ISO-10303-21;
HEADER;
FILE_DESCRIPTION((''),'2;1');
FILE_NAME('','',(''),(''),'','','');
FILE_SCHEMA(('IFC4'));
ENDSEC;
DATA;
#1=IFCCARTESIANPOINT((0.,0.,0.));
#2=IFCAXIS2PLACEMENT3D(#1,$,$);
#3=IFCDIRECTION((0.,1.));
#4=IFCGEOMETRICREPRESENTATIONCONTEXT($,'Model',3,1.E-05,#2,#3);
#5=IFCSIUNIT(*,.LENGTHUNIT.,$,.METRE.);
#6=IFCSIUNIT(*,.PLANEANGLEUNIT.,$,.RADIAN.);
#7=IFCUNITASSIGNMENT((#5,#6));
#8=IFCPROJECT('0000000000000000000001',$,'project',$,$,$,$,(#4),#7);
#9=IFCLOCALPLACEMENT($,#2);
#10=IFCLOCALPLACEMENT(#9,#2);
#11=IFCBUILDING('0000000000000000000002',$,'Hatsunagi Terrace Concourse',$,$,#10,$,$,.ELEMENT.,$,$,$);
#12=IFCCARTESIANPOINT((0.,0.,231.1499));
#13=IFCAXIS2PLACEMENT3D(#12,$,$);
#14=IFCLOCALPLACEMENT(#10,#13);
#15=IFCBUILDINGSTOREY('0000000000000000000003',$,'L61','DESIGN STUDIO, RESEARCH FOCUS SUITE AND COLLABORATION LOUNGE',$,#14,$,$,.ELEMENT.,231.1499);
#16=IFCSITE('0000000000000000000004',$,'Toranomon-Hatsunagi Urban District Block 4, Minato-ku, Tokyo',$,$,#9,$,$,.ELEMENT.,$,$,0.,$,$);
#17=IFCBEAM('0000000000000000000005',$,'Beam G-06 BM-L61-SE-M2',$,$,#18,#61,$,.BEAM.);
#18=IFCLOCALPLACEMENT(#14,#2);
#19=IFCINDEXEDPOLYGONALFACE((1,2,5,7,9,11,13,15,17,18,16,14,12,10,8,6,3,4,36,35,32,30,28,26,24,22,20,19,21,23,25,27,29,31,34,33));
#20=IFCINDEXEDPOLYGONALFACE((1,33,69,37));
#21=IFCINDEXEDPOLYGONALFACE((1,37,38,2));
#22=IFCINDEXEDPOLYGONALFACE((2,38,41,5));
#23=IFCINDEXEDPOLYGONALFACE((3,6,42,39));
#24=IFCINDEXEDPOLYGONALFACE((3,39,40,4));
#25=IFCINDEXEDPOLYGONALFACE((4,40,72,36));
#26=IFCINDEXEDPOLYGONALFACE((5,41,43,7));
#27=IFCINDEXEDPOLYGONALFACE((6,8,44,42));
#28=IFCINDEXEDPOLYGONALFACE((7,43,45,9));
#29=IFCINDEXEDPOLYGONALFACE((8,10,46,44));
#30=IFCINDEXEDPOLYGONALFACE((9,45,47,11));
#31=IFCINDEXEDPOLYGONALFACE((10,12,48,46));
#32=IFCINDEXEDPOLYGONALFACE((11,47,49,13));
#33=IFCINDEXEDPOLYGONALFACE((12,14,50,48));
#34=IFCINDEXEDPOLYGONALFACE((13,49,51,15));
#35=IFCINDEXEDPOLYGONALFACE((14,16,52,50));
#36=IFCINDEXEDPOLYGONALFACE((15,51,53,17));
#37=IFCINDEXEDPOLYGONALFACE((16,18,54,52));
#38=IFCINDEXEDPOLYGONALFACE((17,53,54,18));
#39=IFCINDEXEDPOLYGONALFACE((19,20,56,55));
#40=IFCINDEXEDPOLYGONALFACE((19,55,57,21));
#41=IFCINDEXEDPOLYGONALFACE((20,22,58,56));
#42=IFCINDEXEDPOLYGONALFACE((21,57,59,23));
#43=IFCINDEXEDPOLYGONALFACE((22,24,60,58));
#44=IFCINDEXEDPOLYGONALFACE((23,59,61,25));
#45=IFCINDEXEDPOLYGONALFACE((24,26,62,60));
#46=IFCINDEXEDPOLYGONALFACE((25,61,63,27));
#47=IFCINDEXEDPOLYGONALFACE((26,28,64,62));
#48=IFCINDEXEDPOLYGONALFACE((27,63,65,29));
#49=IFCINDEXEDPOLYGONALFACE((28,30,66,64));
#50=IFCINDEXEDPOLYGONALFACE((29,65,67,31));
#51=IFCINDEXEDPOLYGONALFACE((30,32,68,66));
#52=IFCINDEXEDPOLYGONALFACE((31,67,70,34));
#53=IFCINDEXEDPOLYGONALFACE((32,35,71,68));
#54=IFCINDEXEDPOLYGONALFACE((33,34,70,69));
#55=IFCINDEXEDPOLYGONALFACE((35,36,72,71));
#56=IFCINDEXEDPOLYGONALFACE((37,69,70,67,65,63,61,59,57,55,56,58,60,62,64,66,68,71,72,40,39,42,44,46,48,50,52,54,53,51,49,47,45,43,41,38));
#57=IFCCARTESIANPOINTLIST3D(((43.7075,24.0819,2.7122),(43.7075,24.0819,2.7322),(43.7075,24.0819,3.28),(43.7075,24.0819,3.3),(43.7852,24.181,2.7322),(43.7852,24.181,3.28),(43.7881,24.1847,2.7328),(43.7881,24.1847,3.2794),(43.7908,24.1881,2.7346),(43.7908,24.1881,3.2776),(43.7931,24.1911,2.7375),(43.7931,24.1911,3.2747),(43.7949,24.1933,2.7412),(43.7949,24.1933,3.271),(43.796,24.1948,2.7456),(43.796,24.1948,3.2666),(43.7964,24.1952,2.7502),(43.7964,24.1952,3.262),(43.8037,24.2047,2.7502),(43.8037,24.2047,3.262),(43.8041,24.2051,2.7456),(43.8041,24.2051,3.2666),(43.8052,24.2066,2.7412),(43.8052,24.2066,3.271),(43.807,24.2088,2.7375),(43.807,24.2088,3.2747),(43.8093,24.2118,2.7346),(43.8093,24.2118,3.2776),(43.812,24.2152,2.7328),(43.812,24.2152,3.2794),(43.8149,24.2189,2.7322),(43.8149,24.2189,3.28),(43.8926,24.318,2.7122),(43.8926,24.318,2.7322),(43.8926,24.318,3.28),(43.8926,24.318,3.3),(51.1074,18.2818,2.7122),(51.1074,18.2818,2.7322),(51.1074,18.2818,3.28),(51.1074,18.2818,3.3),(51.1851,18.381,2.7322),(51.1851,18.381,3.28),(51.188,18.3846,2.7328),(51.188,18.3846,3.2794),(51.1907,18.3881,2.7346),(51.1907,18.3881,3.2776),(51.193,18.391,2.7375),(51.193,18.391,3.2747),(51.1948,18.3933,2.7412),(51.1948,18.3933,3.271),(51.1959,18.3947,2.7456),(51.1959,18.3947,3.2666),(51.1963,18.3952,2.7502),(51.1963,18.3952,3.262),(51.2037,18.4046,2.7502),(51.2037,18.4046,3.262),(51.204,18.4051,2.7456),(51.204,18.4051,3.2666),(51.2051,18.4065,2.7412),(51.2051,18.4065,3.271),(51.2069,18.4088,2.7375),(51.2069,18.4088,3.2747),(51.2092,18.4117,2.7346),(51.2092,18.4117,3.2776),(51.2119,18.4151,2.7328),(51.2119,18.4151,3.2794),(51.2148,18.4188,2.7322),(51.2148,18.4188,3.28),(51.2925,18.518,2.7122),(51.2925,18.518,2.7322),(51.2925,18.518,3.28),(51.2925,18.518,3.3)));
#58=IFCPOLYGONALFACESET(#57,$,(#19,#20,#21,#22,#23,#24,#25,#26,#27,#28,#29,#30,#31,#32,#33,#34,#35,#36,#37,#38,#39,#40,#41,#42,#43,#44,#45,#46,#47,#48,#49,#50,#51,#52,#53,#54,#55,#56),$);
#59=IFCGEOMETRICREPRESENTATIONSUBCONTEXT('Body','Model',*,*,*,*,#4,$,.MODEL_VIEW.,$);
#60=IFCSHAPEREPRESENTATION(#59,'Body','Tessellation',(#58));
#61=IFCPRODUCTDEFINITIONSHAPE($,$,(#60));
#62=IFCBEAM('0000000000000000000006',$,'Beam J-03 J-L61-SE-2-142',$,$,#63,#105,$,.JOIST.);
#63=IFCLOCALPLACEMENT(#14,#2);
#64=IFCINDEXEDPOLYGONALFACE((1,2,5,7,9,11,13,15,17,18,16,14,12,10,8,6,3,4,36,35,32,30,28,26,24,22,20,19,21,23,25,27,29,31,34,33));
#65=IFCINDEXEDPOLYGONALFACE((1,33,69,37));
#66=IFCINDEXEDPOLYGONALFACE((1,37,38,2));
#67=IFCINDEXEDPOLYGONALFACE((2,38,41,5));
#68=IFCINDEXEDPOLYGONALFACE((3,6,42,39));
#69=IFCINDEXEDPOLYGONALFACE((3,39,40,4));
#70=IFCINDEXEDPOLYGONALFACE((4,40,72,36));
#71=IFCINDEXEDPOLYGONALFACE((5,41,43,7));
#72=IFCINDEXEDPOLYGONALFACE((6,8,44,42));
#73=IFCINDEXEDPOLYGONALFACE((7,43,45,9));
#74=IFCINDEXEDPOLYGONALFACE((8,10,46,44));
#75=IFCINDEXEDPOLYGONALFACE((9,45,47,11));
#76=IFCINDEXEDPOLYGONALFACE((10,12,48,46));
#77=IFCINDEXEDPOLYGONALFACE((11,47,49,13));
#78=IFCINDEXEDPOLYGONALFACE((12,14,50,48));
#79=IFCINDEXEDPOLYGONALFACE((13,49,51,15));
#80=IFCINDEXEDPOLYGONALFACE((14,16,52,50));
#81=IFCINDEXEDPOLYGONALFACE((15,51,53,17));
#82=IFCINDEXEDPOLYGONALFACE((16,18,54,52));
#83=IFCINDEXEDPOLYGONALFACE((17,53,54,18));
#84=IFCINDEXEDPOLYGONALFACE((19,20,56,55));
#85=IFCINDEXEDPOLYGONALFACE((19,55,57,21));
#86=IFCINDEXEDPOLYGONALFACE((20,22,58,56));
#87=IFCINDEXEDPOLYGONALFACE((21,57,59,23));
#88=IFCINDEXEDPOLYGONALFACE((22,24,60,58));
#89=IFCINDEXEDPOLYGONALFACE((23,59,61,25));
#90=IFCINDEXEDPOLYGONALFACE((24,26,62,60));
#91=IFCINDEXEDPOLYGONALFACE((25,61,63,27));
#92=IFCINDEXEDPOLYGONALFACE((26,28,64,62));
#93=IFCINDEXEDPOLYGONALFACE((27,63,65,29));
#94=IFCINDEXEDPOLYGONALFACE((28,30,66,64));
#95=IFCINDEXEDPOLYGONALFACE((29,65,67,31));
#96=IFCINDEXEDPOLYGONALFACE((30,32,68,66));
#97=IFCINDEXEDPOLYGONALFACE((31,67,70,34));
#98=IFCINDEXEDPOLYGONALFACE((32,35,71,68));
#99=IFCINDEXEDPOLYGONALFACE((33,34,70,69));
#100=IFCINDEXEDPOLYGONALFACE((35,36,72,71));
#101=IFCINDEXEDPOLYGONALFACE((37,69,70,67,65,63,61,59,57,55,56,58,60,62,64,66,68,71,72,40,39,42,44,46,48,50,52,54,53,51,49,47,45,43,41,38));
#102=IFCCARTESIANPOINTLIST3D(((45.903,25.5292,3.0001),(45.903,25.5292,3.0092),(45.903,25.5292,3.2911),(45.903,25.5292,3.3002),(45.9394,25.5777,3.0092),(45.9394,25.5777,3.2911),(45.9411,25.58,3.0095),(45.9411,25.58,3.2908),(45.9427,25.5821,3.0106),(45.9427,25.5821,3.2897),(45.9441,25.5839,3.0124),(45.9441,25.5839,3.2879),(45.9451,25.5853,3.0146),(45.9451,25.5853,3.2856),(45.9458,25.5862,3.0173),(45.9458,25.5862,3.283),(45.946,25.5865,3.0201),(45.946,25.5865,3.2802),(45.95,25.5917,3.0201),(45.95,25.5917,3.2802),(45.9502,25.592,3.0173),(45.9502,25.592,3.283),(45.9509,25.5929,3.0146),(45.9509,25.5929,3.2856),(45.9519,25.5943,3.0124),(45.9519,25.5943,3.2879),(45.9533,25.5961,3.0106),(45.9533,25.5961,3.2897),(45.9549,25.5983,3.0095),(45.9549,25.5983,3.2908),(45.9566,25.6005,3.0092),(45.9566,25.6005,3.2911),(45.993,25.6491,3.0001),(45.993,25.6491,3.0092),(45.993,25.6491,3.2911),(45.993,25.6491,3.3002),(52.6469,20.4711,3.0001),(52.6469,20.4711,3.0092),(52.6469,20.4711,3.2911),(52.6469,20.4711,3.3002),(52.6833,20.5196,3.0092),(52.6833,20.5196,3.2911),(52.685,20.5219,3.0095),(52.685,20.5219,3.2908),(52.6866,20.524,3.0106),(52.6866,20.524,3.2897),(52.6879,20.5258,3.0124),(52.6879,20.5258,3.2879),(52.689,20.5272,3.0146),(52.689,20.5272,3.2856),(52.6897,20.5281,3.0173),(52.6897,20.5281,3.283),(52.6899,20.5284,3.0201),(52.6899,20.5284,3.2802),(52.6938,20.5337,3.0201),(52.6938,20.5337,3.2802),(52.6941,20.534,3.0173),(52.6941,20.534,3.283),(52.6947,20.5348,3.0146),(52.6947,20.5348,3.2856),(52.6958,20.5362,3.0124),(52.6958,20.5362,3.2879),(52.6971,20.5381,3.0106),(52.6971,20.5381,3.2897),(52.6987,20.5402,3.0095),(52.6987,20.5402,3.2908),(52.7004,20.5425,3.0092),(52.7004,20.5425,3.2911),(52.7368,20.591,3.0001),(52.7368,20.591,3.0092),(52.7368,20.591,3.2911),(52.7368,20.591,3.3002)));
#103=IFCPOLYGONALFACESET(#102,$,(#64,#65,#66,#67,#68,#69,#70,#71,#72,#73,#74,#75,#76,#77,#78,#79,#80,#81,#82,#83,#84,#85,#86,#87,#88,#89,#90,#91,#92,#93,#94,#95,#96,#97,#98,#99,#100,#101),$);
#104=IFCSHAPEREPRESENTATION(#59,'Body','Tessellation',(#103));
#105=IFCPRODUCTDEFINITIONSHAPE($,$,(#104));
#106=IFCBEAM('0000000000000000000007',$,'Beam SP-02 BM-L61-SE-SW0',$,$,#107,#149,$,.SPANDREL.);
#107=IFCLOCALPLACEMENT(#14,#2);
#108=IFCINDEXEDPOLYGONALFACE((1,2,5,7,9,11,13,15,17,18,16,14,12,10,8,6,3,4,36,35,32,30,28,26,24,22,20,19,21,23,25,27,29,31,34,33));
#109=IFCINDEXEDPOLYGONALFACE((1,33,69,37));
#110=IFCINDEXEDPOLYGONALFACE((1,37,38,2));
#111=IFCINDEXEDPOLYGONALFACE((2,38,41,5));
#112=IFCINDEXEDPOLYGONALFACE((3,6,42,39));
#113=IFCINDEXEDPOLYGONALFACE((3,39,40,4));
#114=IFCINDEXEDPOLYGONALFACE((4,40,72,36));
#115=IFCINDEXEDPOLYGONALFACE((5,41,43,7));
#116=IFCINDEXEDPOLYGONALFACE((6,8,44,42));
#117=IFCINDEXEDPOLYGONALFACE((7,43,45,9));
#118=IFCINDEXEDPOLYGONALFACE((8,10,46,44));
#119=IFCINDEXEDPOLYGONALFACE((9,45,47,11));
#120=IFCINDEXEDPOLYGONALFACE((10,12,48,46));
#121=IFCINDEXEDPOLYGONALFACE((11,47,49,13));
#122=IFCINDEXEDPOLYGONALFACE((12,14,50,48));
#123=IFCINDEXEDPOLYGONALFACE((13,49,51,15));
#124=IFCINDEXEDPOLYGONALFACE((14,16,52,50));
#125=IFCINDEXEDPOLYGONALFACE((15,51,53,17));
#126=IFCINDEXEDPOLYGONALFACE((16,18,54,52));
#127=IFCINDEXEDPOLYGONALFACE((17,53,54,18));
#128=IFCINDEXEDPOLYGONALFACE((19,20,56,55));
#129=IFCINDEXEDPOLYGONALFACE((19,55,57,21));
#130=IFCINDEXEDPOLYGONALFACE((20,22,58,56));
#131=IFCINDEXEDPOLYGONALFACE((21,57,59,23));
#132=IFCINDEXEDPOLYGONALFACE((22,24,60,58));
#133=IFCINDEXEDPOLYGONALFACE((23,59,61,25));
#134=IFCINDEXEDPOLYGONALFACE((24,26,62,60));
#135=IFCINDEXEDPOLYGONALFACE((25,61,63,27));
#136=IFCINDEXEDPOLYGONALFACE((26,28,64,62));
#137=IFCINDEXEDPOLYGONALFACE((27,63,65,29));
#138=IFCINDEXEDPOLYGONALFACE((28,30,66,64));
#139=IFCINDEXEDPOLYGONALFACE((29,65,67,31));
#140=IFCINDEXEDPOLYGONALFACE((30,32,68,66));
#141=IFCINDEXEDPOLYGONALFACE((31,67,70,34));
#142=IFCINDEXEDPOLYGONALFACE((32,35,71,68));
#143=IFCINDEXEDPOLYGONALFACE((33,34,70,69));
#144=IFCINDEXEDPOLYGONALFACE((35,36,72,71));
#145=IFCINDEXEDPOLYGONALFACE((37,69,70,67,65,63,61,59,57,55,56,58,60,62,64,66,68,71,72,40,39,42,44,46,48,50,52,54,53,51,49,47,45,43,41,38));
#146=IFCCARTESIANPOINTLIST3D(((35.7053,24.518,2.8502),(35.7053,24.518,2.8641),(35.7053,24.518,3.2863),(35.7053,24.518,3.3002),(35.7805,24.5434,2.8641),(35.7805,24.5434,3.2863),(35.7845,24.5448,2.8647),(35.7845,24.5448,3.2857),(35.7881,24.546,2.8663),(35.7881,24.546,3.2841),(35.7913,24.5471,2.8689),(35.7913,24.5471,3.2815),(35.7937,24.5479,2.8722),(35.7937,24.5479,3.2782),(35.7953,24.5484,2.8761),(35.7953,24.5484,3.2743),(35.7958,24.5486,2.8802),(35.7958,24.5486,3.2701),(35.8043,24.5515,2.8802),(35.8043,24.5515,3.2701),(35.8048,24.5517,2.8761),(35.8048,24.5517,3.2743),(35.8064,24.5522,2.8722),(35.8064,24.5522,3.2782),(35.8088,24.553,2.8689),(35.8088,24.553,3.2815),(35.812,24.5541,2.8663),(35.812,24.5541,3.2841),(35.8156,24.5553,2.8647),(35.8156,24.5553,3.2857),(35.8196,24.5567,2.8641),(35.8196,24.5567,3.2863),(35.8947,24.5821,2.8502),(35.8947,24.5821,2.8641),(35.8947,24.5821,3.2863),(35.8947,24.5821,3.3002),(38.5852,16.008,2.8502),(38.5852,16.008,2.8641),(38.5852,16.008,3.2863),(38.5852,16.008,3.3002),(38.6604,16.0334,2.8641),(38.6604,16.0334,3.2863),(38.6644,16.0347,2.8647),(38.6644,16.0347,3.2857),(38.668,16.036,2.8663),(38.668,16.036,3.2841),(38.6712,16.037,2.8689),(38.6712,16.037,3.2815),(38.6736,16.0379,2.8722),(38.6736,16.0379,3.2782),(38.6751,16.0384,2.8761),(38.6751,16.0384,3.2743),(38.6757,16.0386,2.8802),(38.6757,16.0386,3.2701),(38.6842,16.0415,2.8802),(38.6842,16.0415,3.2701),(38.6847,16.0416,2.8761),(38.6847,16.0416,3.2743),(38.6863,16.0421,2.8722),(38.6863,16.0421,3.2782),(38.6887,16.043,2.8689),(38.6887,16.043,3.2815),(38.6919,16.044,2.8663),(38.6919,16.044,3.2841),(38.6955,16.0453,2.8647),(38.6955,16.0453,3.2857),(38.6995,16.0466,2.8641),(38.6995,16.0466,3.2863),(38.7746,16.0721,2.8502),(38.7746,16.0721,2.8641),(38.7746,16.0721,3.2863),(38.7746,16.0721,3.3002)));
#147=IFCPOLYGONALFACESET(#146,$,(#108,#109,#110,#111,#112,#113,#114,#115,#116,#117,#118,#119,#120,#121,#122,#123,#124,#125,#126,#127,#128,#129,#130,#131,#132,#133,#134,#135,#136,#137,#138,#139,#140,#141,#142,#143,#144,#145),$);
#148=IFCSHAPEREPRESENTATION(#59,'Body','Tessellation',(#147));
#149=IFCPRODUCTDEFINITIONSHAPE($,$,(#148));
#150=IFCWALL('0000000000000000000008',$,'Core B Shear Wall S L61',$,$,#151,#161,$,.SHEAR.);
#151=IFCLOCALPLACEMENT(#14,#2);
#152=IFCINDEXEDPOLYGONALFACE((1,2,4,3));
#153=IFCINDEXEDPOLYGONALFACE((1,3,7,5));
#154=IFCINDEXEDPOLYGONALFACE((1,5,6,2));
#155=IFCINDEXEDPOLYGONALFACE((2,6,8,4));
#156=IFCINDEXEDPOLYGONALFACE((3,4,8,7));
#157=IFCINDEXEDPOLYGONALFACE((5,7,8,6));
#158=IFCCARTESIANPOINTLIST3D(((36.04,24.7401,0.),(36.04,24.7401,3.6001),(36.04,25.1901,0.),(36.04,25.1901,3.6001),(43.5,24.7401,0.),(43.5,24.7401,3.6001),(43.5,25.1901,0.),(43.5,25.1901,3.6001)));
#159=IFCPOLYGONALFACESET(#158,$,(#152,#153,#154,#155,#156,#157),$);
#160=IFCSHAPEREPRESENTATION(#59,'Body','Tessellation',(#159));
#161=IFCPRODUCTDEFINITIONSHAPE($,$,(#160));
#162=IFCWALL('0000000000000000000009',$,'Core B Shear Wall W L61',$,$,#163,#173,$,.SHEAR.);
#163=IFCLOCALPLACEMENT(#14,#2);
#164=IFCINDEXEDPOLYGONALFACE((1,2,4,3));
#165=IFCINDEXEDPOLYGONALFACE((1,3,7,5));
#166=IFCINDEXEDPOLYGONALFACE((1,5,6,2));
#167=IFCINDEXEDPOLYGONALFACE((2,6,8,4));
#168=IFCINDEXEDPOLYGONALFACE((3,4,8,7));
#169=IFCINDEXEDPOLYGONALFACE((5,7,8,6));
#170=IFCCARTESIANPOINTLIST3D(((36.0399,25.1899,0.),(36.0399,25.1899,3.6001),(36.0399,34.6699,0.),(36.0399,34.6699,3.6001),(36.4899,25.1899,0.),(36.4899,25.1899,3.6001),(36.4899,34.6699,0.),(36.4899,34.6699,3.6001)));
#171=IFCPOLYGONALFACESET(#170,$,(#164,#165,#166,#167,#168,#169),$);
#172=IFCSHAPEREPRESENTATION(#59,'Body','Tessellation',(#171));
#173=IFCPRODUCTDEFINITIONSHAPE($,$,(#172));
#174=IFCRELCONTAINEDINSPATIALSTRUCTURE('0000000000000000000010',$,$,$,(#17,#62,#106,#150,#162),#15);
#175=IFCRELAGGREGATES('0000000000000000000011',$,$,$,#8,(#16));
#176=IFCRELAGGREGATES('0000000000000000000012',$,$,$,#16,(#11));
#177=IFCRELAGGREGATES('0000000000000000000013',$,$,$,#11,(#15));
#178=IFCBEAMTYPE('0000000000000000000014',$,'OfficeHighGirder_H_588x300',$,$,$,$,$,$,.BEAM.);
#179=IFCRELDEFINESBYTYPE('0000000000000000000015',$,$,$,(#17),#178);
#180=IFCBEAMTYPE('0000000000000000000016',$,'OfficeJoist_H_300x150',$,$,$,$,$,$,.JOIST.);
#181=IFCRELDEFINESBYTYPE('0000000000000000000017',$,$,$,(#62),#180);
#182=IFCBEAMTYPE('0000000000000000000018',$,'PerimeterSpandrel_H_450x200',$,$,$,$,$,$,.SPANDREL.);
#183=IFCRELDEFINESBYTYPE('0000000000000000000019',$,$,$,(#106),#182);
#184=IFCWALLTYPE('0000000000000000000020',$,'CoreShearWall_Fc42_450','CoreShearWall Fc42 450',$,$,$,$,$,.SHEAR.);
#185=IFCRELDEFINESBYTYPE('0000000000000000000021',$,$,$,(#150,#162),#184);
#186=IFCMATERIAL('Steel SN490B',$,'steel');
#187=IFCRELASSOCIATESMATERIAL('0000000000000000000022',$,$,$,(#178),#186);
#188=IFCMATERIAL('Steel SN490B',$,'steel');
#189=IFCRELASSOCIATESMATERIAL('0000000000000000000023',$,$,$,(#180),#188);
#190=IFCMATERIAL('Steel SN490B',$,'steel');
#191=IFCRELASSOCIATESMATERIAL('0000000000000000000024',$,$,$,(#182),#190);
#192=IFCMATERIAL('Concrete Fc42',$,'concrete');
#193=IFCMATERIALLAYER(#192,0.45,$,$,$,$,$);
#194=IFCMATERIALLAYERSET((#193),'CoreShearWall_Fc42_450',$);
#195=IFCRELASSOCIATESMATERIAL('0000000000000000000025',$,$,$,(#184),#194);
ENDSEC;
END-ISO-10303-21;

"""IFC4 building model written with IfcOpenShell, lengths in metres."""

from ifc_helpers import new_model, si_unit, direction, frame, frame_2d, origin, origin_2d, place, context, subcontext, project, spatial, rectangle, i_section, extrude, material, layer, layer_set, material_profile, profile_set, type_object, element, save


model = new_model("IFC4")

# Units and contexts
model_context = context("Model", 3, precision=1e-05, world=origin(), true_north=direction((0.0, 1.0)))
body_context = subcontext(model_context, "Body", "Model", "MODEL_VIEW")
ifc_project = project(units=[si_unit("LENGTHUNIT", "METRE"), si_unit("PLANEANGLEUNIT", "RADIAN")], contexts=[model_context])

# Site, building, storey
site_placement = place(None, origin())
site = spatial("IfcSite", under=ifc_project, at=site_placement, Name="Toranomon-Hatsunagi Urban District Block 4, Minato-ku, Tokyo", CompositionType="ELEMENT", RefElevation=0.0)
building_placement = place(site_placement, origin())
building = spatial("IfcBuilding", under=site, at=building_placement, Name="Hatsunagi Terrace Concourse", CompositionType="ELEMENT")
storey_placement = place(building_placement, frame((0.0, 0.0, 231.1499)))
storey = spatial("IfcBuildingStorey", under=building, at=storey_placement, Name="L61", Description="DESIGN STUDIO, RESEARCH FOCUS SUITE AND COLLABORATION LOUNGE", CompositionType="ELEMENT", Elevation=231.1499)

# Beams
ifc_material_1 = material(Name="Steel SN490B", Category="steel")
ifc_material_profile_1 = material_profile(ifc_material_1, i_section(OverallWidth=0.3, OverallDepth=0.5879, WebThickness=0.012, FlangeThickness=0.02, FilletRadius=0.0181, at=origin_2d()), Name="H-588x300x12x20")
ifc_profile_set_1 = profile_set([ifc_material_profile_1], Name="Steel SN490B")
beam_type_1 = type_object("IfcBeamType", Name="OfficeHighGirder_H_588x300", PredefinedType="BEAM", material=ifc_profile_set_1)
beam_1_placement = place(storey_placement, frame((43.8, 24.2, 3.0061), z_axis=(0.787049, -0.61689, 0.0), x_axis=(0.61689, 0.787049, 0.0)))
element("IfcBeam", 1, at=beam_1_placement, inside=storey, type_object=beam_type_1, Name="Beam G-06 BM-L61-SE-M2", PredefinedType="BEAM", context=body_context, shape_type="SweptSolid", body=[
    extrude(i_section(OverallWidth=0.3, OverallDepth=0.5879, WebThickness=0.012, FlangeThickness=0.02, FilletRadius=0.0181, at=origin_2d()), origin(), (0.0, 0.0, 1.0), 9.4021),
])
ifc_material_2 = material(Name="Steel SN490B", Category="steel")
ifc_material_profile_2 = material_profile(ifc_material_2, i_section(OverallWidth=0.1499, OverallDepth=0.3, WebThickness=0.0066, FlangeThickness=0.009, FilletRadius=0.011, at=origin_2d()), Name="H-300x150x6.5x9")
ifc_profile_set_2 = profile_set([ifc_material_profile_2], Name="Steel SN490B")
beam_type_2 = type_object("IfcBeamType", Name="OfficeJoist_H_300x150", PredefinedType="JOIST", material=ifc_profile_set_2)
beam_2_placement = place(storey_placement, frame((45.948, 25.5891, 3.1501), z_axis=(0.79999, -0.600014, 0.0), x_axis=(0.600014, 0.79999, 0.0)))
element("IfcBeam", 2, at=beam_2_placement, inside=storey, type_object=beam_type_2, Name="Beam J-03 J-L61-SE-2-142", PredefinedType="JOIST", context=body_context, shape_type="SweptSolid", body=[
    extrude(i_section(OverallWidth=0.1499, OverallDepth=0.3, WebThickness=0.0066, FlangeThickness=0.009, FilletRadius=0.011, at=origin_2d()), origin(), (0.0, 0.0, 1.0), 8.4299),
])
ifc_material_3 = material(Name="Steel SN490B", Category="steel")
ifc_material_profile_3 = material_profile(ifc_material_3, i_section(OverallWidth=0.2, OverallDepth=0.45, WebThickness=0.009, FlangeThickness=0.0139, FilletRadius=0.0161, at=origin_2d()), Name="H-450x200x9x14")
ifc_profile_set_3 = profile_set([ifc_material_profile_3], Name="Steel SN490B")
beam_type_3 = type_object("IfcBeamType", Name="PerimeterSpandrel_H_450x200", PredefinedType="SPANDREL", material=ifc_profile_set_3)
beam_3_placement = place(storey_placement, frame((35.8, 24.55, 3.0752), z_axis=(0.320553, -0.94723, 0.0), x_axis=(0.94723, 0.320553, 0.0)))
element("IfcBeam", 3, at=beam_3_placement, inside=storey, type_object=beam_type_3, Name="Beam SP-02 BM-L61-SE-SW0", PredefinedType="SPANDREL", context=body_context, shape_type="SweptSolid", body=[
    extrude(i_section(OverallWidth=0.2, OverallDepth=0.45, WebThickness=0.009, FlangeThickness=0.0139, FilletRadius=0.0161, at=origin_2d()), origin(), (0.0, 0.0, 1.0), 8.9841),
])

# Walls
ifc_material_4 = material(Name="Concrete Fc42", Category="concrete")
ifc_layer_1 = layer(ifc_material_4, 0.45)
ifc_layer_set_1 = layer_set([ifc_layer_1], Name="CoreShearWall_Fc42_450")
wall_type_1 = type_object("IfcWallType", Name="CoreShearWall_Fc42_450", Description="CoreShearWall Fc42 450", PredefinedType="SHEAR", material=ifc_layer_set_1)
wall_1_placement = place(storey_placement, frame((36.04, 24.9651, 0.0), z_axis=(0.0, 0.0, 1.0), x_axis=(1.0, 0.0, 0.0)))
element("IfcWall", 4, at=wall_1_placement, inside=storey, type_object=wall_type_1, Name="Core B Shear Wall S L61", PredefinedType="SHEAR", context=body_context, shape_type="SweptSolid", body=[
    extrude(rectangle(XDim=7.46, YDim=0.45, at=frame_2d((3.73, 0.0))), origin(), (0.0, 0.0, 1.0), 3.6001),
])
wall_2_placement = place(storey_placement, frame((36.2649, 25.1899, 0.0), z_axis=(0.0, 0.0, 1.0), x_axis=(0.0, 1.0, 0.0)))
element("IfcWall", 5, at=wall_2_placement, inside=storey, type_object=wall_type_1, Name="Core B Shear Wall W L61", PredefinedType="SHEAR", context=body_context, shape_type="SweptSolid", body=[
    extrude(rectangle(XDim=9.48, YDim=0.45, at=frame_2d((4.74, 0.0))), origin(), (0.0, 0.0, 1.0), 3.6001),
])

save(model, "model.ifc")
